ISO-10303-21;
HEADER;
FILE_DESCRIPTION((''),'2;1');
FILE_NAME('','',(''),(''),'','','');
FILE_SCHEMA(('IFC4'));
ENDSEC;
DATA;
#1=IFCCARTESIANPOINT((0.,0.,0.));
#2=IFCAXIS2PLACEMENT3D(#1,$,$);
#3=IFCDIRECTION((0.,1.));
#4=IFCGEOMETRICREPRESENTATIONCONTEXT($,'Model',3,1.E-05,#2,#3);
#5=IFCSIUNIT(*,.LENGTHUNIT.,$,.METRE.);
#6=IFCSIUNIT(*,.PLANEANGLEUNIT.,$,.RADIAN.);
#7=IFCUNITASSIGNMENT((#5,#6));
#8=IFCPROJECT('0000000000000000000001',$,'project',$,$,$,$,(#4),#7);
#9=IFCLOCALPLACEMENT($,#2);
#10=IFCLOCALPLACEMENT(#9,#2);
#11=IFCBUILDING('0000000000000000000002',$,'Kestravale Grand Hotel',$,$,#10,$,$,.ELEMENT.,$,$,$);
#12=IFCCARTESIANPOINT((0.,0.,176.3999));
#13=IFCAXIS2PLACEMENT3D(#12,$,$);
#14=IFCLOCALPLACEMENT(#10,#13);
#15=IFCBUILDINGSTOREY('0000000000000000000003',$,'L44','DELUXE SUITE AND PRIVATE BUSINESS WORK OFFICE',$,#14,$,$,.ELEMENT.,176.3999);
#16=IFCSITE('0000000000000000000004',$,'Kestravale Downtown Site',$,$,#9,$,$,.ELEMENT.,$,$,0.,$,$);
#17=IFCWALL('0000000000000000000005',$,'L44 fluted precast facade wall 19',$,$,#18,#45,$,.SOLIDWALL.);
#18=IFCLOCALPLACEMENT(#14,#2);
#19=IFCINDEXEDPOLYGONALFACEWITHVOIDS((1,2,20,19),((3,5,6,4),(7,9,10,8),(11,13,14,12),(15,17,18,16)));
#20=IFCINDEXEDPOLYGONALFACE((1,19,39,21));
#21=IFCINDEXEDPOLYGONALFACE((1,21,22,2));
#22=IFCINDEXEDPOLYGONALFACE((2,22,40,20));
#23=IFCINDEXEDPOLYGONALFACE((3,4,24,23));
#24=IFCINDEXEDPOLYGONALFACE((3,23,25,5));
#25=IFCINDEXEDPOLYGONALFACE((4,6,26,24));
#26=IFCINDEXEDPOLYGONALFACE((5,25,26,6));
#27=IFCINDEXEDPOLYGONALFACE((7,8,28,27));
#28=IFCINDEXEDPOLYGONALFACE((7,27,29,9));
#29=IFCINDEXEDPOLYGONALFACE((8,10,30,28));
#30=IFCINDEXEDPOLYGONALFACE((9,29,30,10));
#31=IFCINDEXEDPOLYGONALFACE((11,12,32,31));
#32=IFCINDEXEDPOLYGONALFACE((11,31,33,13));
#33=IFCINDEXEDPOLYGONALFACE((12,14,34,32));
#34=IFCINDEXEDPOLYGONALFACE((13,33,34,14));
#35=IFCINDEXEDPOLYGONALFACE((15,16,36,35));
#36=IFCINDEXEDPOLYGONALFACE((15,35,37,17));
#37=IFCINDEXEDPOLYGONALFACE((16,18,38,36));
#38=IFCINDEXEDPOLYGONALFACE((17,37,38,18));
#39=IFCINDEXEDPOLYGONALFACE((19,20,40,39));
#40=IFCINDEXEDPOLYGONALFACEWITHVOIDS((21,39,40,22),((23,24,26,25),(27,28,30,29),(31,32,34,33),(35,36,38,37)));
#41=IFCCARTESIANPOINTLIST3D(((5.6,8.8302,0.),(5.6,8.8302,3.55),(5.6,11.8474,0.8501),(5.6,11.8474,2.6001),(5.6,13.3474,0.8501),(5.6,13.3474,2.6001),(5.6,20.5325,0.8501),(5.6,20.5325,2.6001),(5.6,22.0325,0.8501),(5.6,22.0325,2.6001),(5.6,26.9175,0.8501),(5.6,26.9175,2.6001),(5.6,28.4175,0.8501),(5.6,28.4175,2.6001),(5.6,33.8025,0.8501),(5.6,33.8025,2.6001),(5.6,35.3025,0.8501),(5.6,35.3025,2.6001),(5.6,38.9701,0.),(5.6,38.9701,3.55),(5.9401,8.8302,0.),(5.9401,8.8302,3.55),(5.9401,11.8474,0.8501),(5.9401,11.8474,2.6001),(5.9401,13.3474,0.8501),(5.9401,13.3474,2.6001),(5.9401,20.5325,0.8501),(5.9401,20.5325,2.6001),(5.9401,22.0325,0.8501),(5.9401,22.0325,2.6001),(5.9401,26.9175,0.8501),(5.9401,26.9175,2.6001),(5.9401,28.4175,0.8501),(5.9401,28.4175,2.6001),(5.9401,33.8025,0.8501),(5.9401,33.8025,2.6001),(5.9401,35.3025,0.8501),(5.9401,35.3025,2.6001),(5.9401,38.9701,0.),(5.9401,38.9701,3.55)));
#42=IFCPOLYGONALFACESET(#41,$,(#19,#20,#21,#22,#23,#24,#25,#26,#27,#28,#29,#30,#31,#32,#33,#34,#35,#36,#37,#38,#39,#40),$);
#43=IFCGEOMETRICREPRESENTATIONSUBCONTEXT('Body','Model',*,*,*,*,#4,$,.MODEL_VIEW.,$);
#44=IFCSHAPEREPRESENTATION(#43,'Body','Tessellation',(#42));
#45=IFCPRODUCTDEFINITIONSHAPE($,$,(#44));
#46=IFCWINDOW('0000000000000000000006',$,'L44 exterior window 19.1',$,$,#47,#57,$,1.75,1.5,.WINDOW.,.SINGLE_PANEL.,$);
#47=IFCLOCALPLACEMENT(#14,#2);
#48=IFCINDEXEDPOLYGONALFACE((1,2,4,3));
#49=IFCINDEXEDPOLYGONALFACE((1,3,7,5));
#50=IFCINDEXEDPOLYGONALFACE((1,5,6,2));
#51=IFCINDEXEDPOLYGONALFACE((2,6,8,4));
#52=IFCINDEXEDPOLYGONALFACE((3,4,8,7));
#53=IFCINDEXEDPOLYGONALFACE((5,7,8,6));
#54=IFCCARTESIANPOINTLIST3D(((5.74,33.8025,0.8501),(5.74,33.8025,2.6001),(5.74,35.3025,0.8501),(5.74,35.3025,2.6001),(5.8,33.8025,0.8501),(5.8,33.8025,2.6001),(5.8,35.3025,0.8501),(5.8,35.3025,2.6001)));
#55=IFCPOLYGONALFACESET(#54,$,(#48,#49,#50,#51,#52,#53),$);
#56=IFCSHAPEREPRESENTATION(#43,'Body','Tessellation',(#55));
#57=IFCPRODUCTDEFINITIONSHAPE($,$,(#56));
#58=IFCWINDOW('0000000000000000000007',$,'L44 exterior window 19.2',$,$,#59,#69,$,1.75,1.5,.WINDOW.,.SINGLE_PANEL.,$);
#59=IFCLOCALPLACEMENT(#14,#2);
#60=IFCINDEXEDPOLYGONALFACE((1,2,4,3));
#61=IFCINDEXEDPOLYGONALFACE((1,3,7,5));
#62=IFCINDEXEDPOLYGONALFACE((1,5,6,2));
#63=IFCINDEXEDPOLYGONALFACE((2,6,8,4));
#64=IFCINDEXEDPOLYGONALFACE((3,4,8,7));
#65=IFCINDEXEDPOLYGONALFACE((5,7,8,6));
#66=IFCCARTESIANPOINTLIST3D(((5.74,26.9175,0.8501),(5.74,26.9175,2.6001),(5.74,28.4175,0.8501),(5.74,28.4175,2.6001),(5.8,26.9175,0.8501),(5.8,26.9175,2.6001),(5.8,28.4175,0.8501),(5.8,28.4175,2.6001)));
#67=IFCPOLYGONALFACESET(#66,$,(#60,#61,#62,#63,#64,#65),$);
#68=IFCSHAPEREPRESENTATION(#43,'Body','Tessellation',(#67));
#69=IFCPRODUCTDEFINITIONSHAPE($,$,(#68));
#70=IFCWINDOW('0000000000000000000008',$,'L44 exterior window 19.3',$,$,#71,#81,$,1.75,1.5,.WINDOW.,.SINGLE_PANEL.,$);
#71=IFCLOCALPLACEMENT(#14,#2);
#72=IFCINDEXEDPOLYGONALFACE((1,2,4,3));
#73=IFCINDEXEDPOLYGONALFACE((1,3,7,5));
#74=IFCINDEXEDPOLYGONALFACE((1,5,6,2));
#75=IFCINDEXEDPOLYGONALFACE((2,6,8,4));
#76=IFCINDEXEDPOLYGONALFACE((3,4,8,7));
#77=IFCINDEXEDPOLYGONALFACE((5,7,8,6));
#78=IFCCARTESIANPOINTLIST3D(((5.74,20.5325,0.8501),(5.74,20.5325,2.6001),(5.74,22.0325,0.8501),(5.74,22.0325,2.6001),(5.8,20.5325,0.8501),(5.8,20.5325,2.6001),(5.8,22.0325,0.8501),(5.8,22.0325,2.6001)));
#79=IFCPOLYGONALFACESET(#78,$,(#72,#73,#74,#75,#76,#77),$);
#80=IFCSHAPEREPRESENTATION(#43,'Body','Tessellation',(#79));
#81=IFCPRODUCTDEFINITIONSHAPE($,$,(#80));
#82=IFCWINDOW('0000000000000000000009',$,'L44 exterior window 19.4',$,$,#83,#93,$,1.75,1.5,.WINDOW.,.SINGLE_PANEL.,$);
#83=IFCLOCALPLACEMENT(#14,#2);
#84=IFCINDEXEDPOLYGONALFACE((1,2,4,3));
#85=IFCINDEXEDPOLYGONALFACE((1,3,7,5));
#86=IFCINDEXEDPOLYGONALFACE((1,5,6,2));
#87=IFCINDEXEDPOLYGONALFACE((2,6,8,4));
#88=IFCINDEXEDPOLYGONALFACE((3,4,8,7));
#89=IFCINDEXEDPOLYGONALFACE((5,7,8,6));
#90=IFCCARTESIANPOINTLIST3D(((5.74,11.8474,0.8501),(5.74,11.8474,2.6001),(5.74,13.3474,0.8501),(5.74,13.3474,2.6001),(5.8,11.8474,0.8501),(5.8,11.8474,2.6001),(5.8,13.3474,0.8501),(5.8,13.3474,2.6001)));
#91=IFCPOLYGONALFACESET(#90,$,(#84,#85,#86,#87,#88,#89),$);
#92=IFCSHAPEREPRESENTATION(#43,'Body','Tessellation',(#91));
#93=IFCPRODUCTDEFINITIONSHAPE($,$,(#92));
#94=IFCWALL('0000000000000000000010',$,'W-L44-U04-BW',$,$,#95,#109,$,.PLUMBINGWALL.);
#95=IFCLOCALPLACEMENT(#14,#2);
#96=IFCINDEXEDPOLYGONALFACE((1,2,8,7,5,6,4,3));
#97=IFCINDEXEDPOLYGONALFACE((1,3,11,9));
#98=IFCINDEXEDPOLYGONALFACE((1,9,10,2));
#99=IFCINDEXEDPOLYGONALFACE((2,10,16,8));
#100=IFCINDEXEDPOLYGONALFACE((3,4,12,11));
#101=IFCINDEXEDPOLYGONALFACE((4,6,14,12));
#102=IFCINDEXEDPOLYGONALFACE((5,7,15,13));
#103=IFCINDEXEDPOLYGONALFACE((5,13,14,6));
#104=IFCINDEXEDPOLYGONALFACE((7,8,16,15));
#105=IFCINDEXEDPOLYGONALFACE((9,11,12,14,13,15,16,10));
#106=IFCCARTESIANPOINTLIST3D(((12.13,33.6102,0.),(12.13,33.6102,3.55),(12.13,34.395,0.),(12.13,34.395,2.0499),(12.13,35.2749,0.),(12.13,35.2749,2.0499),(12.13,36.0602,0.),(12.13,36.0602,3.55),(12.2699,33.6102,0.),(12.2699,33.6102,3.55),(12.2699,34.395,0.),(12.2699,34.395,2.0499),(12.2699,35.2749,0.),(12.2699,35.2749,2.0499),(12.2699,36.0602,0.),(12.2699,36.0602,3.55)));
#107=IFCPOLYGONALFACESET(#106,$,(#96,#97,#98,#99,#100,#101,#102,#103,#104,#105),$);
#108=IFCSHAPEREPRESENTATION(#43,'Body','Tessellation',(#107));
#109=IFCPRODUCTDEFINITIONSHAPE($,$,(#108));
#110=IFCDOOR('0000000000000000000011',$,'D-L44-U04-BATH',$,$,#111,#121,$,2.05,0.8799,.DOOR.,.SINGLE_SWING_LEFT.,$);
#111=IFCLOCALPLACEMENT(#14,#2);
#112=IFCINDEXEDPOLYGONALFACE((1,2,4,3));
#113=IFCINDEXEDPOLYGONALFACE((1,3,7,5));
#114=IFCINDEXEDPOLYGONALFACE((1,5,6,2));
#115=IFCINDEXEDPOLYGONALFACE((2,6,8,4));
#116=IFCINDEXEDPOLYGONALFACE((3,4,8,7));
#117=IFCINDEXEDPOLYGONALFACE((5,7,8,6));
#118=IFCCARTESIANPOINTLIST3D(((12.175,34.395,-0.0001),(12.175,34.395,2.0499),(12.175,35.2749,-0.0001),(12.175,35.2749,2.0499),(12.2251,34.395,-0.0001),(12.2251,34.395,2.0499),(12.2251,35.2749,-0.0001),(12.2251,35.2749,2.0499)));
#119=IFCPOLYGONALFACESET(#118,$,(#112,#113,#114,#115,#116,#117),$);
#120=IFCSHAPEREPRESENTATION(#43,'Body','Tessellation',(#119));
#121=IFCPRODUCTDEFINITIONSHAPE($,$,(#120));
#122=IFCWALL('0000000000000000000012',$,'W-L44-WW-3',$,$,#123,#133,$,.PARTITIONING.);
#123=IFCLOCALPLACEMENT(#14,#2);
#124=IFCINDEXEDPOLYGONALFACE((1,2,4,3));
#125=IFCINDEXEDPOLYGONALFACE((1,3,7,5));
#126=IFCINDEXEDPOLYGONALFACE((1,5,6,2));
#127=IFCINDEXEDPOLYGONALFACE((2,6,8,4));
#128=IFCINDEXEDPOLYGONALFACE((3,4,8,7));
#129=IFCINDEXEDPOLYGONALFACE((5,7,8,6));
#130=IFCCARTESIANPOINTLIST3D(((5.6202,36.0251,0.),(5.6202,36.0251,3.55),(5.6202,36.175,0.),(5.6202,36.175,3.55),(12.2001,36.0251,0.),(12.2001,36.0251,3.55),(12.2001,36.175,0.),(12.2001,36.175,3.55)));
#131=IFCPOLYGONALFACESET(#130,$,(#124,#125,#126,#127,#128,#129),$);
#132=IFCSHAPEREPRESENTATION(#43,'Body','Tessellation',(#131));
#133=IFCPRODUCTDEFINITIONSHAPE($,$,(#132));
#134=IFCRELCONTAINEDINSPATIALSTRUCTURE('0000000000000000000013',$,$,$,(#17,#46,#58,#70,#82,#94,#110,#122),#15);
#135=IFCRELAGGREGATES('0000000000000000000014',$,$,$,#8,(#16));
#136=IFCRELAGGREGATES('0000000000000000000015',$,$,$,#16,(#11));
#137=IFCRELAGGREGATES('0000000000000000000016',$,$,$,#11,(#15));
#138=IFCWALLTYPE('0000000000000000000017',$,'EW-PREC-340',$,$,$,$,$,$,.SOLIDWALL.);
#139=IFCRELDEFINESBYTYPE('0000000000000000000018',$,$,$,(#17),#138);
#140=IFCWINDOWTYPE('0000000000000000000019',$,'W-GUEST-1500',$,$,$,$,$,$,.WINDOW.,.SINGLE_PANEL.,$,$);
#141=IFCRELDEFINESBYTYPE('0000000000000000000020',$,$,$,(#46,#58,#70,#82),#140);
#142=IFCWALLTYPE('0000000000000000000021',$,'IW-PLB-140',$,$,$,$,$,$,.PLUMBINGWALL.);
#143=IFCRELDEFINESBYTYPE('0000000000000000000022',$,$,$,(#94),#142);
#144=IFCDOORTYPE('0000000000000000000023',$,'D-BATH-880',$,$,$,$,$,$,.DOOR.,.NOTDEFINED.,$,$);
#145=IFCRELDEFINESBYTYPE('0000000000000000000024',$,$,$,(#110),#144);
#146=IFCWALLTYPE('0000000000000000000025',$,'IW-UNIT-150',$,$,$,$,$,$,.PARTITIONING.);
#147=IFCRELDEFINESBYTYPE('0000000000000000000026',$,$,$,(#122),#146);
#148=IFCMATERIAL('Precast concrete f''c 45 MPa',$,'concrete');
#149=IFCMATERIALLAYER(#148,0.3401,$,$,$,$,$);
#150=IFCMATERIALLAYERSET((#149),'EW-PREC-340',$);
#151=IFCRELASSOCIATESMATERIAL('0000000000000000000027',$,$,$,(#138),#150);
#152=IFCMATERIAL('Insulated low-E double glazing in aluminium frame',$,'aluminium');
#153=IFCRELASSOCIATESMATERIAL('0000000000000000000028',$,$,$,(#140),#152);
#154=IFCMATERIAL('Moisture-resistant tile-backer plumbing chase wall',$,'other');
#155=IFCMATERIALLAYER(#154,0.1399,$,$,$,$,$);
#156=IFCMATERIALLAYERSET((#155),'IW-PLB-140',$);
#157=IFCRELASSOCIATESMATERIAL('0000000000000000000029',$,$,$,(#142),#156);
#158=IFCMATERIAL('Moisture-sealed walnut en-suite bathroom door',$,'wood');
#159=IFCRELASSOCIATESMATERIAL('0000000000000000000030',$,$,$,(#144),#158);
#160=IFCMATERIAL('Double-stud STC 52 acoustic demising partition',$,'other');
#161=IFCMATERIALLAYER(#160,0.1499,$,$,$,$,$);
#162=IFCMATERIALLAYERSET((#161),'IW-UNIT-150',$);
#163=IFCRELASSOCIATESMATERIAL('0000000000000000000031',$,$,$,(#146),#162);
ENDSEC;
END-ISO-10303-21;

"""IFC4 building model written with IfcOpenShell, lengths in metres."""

from ifc_helpers import new_model, si_unit, direction, frame, frame_2d, origin, place, context, subcontext, project, spatial, rectangle, extrude, material, layer, layer_set, type_object, element, fill, save


model = new_model("IFC4")

# Units and contexts
model_context = context("Model", 3, precision=1e-05, world=origin(), true_north=direction((0.0, 1.0)))
body_context = subcontext(model_context, "Body", "Model", "MODEL_VIEW")
ifc_project = project(units=[si_unit("LENGTHUNIT", "METRE"), si_unit("PLANEANGLEUNIT", "RADIAN")], contexts=[model_context])

# Site, building, storey
site_placement = place(None, origin())
site = spatial("IfcSite", under=ifc_project, at=site_placement, Name="Kestravale Downtown Site", CompositionType="ELEMENT", RefElevation=0.0)
building_placement = place(site_placement, origin())
building = spatial("IfcBuilding", under=site, at=building_placement, Name="Kestravale Grand Hotel", CompositionType="ELEMENT")
storey_placement = place(building_placement, frame((0.0, 0.0, 176.3999)))
storey = spatial("IfcBuildingStorey", under=building, at=storey_placement, Name="L44", Description="DELUXE SUITE AND PRIVATE BUSINESS WORK OFFICE", CompositionType="ELEMENT", Elevation=176.3999)

# Wall, openings, windows
ifc_material_1 = material(Name="Precast concrete f'c 45 MPa", Category="concrete")
ifc_layer_1 = layer(ifc_material_1, 0.3401)
ifc_layer_set_1 = layer_set([ifc_layer_1], Name="EW-PREC-340")
wall_type_1 = type_object("IfcWallType", Name="EW-PREC-340", PredefinedType="SOLIDWALL", material=ifc_layer_set_1)
wall_1_placement = place(storey_placement, frame((5.77, 38.97, 0.0), z_axis=(0.0, 0.0, 1.0), x_axis=(0.0, -1.0, 0.0)))
wall_1 = element("IfcWall", 1, at=wall_1_placement, inside=storey, type_object=wall_type_1, Name="L44 fluted precast facade wall 19", PredefinedType="SOLIDWALL", context=body_context, shape_type="SweptSolid", body=[
    extrude(rectangle(XDim=30.1399, YDim=0.3401, at=frame_2d((15.0698, 0.0))), origin(), (0.0, 0.0, 1.0), 3.55),
])
opening_1_placement = place(wall_1_placement, frame((3.6675, 0.0, 0.8501)))
opening_1 = element("IfcOpeningElement", 2, at=opening_1_placement, cuts=wall_1, PredefinedType="OPENING", context=body_context, shape_type="SweptSolid", body=[
    extrude(rectangle(XDim=1.5, YDim=1.75, at=frame_2d((0.75, 0.875))), frame((0.0, 0.1799, 0.0), z_axis=(0.0, -1.0, 0.0), x_axis=(1.0, 0.0, 0.0)), (0.0, 0.0, 1.0), 0.3601),
])
opening_2_placement = place(wall_1_placement, frame((10.5525, 0.0, 0.8501)))
opening_2 = element("IfcOpeningElement", 3, at=opening_2_placement, cuts=wall_1, PredefinedType="OPENING", context=body_context, shape_type="SweptSolid", body=[
    extrude(rectangle(XDim=1.5, YDim=1.75, at=frame_2d((0.75, 0.875))), frame((0.0, 0.1799, 0.0), z_axis=(0.0, -1.0, 0.0), x_axis=(1.0, 0.0, 0.0)), (0.0, 0.0, 1.0), 0.3601),
])
opening_3_placement = place(wall_1_placement, frame((16.9375, 0.0, 0.8501)))
opening_3 = element("IfcOpeningElement", 4, at=opening_3_placement, cuts=wall_1, PredefinedType="OPENING", context=body_context, shape_type="SweptSolid", body=[
    extrude(rectangle(XDim=1.5, YDim=1.75, at=frame_2d((0.75, 0.875))), frame((0.0, 0.1799, 0.0), z_axis=(0.0, -1.0, 0.0), x_axis=(1.0, 0.0, 0.0)), (0.0, 0.0, 1.0), 0.3601),
])
opening_4_placement = place(wall_1_placement, frame((25.6226, 0.0, 0.8501)))
opening_4 = element("IfcOpeningElement", 5, at=opening_4_placement, cuts=wall_1, PredefinedType="OPENING", context=body_context, shape_type="SweptSolid", body=[
    extrude(rectangle(XDim=1.5, YDim=1.75, at=frame_2d((0.75, 0.875))), frame((0.0, 0.1799, 0.0), z_axis=(0.0, -1.0, 0.0), x_axis=(1.0, 0.0, 0.0)), (0.0, 0.0, 1.0), 0.3601),
])
ifc_material_2 = material(Name="Insulated low-E double glazing in aluminium frame", Category="aluminium")
window_type = type_object("IfcWindowType", Name="W-GUEST-1500", PartitioningType="SINGLE_PANEL", PredefinedType="WINDOW", material=ifc_material_2)
window_1_placement = place(opening_1_placement, origin())
window_1 = element("IfcWindow", 6, at=window_1_placement, inside=storey, type_object=window_type, Name="L44 exterior window 19.1", OverallHeight=1.75, OverallWidth=1.5, PartitioningType="SINGLE_PANEL", PredefinedType="WINDOW", context=body_context, shape_type="SweptSolid", body=[
    extrude(rectangle(XDim=1.5, YDim=1.75, at=frame_2d((0.75, 0.875))), frame((0.0, 0.03, 0.0), z_axis=(0.0, -1.0, 0.0), x_axis=(1.0, 0.0, 0.0)), (0.0, 0.0, 1.0), 0.0601),
])
fill(opening_1, window_1)
window_2_placement = place(opening_2_placement, origin())
window_2 = element("IfcWindow", 7, at=window_2_placement, inside=storey, type_object=window_type, Name="L44 exterior window 19.2", OverallHeight=1.75, OverallWidth=1.5, PartitioningType="SINGLE_PANEL", PredefinedType="WINDOW", context=body_context, shape_type="SweptSolid", body=[
    extrude(rectangle(XDim=1.5, YDim=1.75, at=frame_2d((0.75, 0.875))), frame((0.0, 0.03, 0.0), z_axis=(0.0, -1.0, 0.0), x_axis=(1.0, 0.0, 0.0)), (0.0, 0.0, 1.0), 0.0601),
])
fill(opening_2, window_2)
window_3_placement = place(opening_3_placement, origin())
window_3 = element("IfcWindow", 8, at=window_3_placement, inside=storey, type_object=window_type, Name="L44 exterior window 19.3", OverallHeight=1.75, OverallWidth=1.5, PartitioningType="SINGLE_PANEL", PredefinedType="WINDOW", context=body_context, shape_type="SweptSolid", body=[
    extrude(rectangle(XDim=1.5, YDim=1.75, at=frame_2d((0.75, 0.875))), frame((0.0, 0.03, 0.0), z_axis=(0.0, -1.0, 0.0), x_axis=(1.0, 0.0, 0.0)), (0.0, 0.0, 1.0), 0.0601),
])
fill(opening_3, window_3)
window_4_placement = place(opening_4_placement, origin())
window_4 = element("IfcWindow", 9, at=window_4_placement, inside=storey, type_object=window_type, Name="L44 exterior window 19.4", OverallHeight=1.75, OverallWidth=1.5, PartitioningType="SINGLE_PANEL", PredefinedType="WINDOW", context=body_context, shape_type="SweptSolid", body=[
    extrude(rectangle(XDim=1.5, YDim=1.75, at=frame_2d((0.75, 0.875))), frame((0.0, 0.03, 0.0), z_axis=(0.0, -1.0, 0.0), x_axis=(1.0, 0.0, 0.0)), (0.0, 0.0, 1.0), 0.0601),
])
fill(opening_4, window_4)

# Wall, opening, door
ifc_material_3 = material(Name="Moisture-resistant tile-backer plumbing chase wall", Category="other")
ifc_layer_2 = layer(ifc_material_3, 0.1399)
ifc_layer_set_2 = layer_set([ifc_layer_2], Name="IW-PLB-140")
wall_type_2 = type_object("IfcWallType", Name="IW-PLB-140", PredefinedType="PLUMBINGWALL", material=ifc_layer_set_2)
wall_2_placement = place(storey_placement, frame((12.2, 33.6101, 0.0), z_axis=(0.0, 0.0, 1.0), x_axis=(0.0, 1.0, 0.0)))
wall_2 = element("IfcWall", 10, at=wall_2_placement, inside=storey, type_object=wall_type_2, Name="W-L44-U04-BW", PredefinedType="PLUMBINGWALL", context=body_context, shape_type="SweptSolid", body=[
    extrude(rectangle(XDim=2.45, YDim=0.1399, at=frame_2d((1.2251, 0.0))), origin(), (0.0, 0.0, 1.0), 3.55),
])
opening_5_placement = place(wall_2_placement, frame((0.7849, 0.0, 0.0)))
opening_5 = element("IfcOpeningElement", 11, at=opening_5_placement, cuts=wall_2, PredefinedType="OPENING", context=body_context, shape_type="SweptSolid", body=[
    extrude(rectangle(XDim=0.8799, YDim=2.05, at=frame_2d((0.4399, 1.0249))), frame((0.0, 0.0798, 0.0), z_axis=(0.0, -1.0, 0.0), x_axis=(1.0, 0.0, 0.0)), (0.0, 0.0, 1.0), 0.1599),
])
ifc_material_4 = material(Name="Moisture-sealed walnut en-suite bathroom door", Category="wood")
door_type = type_object("IfcDoorType", Name="D-BATH-880", OperationType="NOTDEFINED", PredefinedType="DOOR", material=ifc_material_4)
door_placement = place(opening_5_placement, origin())
door = element("IfcDoor", 12, at=door_placement, inside=storey, type_object=door_type, Name="D-L44-U04-BATH", OperationType="SINGLE_SWING_LEFT", OverallHeight=2.05, OverallWidth=0.8799, PredefinedType="DOOR", context=body_context, shape_type="SweptSolid", body=[
    extrude(rectangle(XDim=0.8799, YDim=2.05, at=frame_2d((0.4399, 1.0249))), frame((0.0, 0.0249, 0.0), z_axis=(0.0, -1.0, 0.0), x_axis=(1.0, 0.0, 0.0)), (0.0, 0.0, 1.0), 0.05),
])
fill(opening_5, door)

# Wall
ifc_material_5 = material(Name="Double-stud STC 52 acoustic demising partition", Category="other")
ifc_layer_3 = layer(ifc_material_5, 0.1499)
ifc_layer_set_3 = layer_set([ifc_layer_3], Name="IW-UNIT-150")
wall_type_3 = type_object("IfcWallType", Name="IW-UNIT-150", PredefinedType="PARTITIONING", material=ifc_layer_set_3)
wall_3_placement = place(storey_placement, frame((5.6201, 36.1001, 0.0), z_axis=(0.0, 0.0, 1.0), x_axis=(1.0, 0.0, 0.0)))
element("IfcWall", 13, at=wall_3_placement, inside=storey, type_object=wall_type_3, Name="W-L44-WW-3", PredefinedType="PARTITIONING", context=body_context, shape_type="SweptSolid", body=[
    extrude(rectangle(XDim=6.5798, YDim=0.1499, at=frame_2d((3.29, 0.0))), origin(), (0.0, 0.0, 1.0), 3.55),
])

save(model, "model.ifc")
